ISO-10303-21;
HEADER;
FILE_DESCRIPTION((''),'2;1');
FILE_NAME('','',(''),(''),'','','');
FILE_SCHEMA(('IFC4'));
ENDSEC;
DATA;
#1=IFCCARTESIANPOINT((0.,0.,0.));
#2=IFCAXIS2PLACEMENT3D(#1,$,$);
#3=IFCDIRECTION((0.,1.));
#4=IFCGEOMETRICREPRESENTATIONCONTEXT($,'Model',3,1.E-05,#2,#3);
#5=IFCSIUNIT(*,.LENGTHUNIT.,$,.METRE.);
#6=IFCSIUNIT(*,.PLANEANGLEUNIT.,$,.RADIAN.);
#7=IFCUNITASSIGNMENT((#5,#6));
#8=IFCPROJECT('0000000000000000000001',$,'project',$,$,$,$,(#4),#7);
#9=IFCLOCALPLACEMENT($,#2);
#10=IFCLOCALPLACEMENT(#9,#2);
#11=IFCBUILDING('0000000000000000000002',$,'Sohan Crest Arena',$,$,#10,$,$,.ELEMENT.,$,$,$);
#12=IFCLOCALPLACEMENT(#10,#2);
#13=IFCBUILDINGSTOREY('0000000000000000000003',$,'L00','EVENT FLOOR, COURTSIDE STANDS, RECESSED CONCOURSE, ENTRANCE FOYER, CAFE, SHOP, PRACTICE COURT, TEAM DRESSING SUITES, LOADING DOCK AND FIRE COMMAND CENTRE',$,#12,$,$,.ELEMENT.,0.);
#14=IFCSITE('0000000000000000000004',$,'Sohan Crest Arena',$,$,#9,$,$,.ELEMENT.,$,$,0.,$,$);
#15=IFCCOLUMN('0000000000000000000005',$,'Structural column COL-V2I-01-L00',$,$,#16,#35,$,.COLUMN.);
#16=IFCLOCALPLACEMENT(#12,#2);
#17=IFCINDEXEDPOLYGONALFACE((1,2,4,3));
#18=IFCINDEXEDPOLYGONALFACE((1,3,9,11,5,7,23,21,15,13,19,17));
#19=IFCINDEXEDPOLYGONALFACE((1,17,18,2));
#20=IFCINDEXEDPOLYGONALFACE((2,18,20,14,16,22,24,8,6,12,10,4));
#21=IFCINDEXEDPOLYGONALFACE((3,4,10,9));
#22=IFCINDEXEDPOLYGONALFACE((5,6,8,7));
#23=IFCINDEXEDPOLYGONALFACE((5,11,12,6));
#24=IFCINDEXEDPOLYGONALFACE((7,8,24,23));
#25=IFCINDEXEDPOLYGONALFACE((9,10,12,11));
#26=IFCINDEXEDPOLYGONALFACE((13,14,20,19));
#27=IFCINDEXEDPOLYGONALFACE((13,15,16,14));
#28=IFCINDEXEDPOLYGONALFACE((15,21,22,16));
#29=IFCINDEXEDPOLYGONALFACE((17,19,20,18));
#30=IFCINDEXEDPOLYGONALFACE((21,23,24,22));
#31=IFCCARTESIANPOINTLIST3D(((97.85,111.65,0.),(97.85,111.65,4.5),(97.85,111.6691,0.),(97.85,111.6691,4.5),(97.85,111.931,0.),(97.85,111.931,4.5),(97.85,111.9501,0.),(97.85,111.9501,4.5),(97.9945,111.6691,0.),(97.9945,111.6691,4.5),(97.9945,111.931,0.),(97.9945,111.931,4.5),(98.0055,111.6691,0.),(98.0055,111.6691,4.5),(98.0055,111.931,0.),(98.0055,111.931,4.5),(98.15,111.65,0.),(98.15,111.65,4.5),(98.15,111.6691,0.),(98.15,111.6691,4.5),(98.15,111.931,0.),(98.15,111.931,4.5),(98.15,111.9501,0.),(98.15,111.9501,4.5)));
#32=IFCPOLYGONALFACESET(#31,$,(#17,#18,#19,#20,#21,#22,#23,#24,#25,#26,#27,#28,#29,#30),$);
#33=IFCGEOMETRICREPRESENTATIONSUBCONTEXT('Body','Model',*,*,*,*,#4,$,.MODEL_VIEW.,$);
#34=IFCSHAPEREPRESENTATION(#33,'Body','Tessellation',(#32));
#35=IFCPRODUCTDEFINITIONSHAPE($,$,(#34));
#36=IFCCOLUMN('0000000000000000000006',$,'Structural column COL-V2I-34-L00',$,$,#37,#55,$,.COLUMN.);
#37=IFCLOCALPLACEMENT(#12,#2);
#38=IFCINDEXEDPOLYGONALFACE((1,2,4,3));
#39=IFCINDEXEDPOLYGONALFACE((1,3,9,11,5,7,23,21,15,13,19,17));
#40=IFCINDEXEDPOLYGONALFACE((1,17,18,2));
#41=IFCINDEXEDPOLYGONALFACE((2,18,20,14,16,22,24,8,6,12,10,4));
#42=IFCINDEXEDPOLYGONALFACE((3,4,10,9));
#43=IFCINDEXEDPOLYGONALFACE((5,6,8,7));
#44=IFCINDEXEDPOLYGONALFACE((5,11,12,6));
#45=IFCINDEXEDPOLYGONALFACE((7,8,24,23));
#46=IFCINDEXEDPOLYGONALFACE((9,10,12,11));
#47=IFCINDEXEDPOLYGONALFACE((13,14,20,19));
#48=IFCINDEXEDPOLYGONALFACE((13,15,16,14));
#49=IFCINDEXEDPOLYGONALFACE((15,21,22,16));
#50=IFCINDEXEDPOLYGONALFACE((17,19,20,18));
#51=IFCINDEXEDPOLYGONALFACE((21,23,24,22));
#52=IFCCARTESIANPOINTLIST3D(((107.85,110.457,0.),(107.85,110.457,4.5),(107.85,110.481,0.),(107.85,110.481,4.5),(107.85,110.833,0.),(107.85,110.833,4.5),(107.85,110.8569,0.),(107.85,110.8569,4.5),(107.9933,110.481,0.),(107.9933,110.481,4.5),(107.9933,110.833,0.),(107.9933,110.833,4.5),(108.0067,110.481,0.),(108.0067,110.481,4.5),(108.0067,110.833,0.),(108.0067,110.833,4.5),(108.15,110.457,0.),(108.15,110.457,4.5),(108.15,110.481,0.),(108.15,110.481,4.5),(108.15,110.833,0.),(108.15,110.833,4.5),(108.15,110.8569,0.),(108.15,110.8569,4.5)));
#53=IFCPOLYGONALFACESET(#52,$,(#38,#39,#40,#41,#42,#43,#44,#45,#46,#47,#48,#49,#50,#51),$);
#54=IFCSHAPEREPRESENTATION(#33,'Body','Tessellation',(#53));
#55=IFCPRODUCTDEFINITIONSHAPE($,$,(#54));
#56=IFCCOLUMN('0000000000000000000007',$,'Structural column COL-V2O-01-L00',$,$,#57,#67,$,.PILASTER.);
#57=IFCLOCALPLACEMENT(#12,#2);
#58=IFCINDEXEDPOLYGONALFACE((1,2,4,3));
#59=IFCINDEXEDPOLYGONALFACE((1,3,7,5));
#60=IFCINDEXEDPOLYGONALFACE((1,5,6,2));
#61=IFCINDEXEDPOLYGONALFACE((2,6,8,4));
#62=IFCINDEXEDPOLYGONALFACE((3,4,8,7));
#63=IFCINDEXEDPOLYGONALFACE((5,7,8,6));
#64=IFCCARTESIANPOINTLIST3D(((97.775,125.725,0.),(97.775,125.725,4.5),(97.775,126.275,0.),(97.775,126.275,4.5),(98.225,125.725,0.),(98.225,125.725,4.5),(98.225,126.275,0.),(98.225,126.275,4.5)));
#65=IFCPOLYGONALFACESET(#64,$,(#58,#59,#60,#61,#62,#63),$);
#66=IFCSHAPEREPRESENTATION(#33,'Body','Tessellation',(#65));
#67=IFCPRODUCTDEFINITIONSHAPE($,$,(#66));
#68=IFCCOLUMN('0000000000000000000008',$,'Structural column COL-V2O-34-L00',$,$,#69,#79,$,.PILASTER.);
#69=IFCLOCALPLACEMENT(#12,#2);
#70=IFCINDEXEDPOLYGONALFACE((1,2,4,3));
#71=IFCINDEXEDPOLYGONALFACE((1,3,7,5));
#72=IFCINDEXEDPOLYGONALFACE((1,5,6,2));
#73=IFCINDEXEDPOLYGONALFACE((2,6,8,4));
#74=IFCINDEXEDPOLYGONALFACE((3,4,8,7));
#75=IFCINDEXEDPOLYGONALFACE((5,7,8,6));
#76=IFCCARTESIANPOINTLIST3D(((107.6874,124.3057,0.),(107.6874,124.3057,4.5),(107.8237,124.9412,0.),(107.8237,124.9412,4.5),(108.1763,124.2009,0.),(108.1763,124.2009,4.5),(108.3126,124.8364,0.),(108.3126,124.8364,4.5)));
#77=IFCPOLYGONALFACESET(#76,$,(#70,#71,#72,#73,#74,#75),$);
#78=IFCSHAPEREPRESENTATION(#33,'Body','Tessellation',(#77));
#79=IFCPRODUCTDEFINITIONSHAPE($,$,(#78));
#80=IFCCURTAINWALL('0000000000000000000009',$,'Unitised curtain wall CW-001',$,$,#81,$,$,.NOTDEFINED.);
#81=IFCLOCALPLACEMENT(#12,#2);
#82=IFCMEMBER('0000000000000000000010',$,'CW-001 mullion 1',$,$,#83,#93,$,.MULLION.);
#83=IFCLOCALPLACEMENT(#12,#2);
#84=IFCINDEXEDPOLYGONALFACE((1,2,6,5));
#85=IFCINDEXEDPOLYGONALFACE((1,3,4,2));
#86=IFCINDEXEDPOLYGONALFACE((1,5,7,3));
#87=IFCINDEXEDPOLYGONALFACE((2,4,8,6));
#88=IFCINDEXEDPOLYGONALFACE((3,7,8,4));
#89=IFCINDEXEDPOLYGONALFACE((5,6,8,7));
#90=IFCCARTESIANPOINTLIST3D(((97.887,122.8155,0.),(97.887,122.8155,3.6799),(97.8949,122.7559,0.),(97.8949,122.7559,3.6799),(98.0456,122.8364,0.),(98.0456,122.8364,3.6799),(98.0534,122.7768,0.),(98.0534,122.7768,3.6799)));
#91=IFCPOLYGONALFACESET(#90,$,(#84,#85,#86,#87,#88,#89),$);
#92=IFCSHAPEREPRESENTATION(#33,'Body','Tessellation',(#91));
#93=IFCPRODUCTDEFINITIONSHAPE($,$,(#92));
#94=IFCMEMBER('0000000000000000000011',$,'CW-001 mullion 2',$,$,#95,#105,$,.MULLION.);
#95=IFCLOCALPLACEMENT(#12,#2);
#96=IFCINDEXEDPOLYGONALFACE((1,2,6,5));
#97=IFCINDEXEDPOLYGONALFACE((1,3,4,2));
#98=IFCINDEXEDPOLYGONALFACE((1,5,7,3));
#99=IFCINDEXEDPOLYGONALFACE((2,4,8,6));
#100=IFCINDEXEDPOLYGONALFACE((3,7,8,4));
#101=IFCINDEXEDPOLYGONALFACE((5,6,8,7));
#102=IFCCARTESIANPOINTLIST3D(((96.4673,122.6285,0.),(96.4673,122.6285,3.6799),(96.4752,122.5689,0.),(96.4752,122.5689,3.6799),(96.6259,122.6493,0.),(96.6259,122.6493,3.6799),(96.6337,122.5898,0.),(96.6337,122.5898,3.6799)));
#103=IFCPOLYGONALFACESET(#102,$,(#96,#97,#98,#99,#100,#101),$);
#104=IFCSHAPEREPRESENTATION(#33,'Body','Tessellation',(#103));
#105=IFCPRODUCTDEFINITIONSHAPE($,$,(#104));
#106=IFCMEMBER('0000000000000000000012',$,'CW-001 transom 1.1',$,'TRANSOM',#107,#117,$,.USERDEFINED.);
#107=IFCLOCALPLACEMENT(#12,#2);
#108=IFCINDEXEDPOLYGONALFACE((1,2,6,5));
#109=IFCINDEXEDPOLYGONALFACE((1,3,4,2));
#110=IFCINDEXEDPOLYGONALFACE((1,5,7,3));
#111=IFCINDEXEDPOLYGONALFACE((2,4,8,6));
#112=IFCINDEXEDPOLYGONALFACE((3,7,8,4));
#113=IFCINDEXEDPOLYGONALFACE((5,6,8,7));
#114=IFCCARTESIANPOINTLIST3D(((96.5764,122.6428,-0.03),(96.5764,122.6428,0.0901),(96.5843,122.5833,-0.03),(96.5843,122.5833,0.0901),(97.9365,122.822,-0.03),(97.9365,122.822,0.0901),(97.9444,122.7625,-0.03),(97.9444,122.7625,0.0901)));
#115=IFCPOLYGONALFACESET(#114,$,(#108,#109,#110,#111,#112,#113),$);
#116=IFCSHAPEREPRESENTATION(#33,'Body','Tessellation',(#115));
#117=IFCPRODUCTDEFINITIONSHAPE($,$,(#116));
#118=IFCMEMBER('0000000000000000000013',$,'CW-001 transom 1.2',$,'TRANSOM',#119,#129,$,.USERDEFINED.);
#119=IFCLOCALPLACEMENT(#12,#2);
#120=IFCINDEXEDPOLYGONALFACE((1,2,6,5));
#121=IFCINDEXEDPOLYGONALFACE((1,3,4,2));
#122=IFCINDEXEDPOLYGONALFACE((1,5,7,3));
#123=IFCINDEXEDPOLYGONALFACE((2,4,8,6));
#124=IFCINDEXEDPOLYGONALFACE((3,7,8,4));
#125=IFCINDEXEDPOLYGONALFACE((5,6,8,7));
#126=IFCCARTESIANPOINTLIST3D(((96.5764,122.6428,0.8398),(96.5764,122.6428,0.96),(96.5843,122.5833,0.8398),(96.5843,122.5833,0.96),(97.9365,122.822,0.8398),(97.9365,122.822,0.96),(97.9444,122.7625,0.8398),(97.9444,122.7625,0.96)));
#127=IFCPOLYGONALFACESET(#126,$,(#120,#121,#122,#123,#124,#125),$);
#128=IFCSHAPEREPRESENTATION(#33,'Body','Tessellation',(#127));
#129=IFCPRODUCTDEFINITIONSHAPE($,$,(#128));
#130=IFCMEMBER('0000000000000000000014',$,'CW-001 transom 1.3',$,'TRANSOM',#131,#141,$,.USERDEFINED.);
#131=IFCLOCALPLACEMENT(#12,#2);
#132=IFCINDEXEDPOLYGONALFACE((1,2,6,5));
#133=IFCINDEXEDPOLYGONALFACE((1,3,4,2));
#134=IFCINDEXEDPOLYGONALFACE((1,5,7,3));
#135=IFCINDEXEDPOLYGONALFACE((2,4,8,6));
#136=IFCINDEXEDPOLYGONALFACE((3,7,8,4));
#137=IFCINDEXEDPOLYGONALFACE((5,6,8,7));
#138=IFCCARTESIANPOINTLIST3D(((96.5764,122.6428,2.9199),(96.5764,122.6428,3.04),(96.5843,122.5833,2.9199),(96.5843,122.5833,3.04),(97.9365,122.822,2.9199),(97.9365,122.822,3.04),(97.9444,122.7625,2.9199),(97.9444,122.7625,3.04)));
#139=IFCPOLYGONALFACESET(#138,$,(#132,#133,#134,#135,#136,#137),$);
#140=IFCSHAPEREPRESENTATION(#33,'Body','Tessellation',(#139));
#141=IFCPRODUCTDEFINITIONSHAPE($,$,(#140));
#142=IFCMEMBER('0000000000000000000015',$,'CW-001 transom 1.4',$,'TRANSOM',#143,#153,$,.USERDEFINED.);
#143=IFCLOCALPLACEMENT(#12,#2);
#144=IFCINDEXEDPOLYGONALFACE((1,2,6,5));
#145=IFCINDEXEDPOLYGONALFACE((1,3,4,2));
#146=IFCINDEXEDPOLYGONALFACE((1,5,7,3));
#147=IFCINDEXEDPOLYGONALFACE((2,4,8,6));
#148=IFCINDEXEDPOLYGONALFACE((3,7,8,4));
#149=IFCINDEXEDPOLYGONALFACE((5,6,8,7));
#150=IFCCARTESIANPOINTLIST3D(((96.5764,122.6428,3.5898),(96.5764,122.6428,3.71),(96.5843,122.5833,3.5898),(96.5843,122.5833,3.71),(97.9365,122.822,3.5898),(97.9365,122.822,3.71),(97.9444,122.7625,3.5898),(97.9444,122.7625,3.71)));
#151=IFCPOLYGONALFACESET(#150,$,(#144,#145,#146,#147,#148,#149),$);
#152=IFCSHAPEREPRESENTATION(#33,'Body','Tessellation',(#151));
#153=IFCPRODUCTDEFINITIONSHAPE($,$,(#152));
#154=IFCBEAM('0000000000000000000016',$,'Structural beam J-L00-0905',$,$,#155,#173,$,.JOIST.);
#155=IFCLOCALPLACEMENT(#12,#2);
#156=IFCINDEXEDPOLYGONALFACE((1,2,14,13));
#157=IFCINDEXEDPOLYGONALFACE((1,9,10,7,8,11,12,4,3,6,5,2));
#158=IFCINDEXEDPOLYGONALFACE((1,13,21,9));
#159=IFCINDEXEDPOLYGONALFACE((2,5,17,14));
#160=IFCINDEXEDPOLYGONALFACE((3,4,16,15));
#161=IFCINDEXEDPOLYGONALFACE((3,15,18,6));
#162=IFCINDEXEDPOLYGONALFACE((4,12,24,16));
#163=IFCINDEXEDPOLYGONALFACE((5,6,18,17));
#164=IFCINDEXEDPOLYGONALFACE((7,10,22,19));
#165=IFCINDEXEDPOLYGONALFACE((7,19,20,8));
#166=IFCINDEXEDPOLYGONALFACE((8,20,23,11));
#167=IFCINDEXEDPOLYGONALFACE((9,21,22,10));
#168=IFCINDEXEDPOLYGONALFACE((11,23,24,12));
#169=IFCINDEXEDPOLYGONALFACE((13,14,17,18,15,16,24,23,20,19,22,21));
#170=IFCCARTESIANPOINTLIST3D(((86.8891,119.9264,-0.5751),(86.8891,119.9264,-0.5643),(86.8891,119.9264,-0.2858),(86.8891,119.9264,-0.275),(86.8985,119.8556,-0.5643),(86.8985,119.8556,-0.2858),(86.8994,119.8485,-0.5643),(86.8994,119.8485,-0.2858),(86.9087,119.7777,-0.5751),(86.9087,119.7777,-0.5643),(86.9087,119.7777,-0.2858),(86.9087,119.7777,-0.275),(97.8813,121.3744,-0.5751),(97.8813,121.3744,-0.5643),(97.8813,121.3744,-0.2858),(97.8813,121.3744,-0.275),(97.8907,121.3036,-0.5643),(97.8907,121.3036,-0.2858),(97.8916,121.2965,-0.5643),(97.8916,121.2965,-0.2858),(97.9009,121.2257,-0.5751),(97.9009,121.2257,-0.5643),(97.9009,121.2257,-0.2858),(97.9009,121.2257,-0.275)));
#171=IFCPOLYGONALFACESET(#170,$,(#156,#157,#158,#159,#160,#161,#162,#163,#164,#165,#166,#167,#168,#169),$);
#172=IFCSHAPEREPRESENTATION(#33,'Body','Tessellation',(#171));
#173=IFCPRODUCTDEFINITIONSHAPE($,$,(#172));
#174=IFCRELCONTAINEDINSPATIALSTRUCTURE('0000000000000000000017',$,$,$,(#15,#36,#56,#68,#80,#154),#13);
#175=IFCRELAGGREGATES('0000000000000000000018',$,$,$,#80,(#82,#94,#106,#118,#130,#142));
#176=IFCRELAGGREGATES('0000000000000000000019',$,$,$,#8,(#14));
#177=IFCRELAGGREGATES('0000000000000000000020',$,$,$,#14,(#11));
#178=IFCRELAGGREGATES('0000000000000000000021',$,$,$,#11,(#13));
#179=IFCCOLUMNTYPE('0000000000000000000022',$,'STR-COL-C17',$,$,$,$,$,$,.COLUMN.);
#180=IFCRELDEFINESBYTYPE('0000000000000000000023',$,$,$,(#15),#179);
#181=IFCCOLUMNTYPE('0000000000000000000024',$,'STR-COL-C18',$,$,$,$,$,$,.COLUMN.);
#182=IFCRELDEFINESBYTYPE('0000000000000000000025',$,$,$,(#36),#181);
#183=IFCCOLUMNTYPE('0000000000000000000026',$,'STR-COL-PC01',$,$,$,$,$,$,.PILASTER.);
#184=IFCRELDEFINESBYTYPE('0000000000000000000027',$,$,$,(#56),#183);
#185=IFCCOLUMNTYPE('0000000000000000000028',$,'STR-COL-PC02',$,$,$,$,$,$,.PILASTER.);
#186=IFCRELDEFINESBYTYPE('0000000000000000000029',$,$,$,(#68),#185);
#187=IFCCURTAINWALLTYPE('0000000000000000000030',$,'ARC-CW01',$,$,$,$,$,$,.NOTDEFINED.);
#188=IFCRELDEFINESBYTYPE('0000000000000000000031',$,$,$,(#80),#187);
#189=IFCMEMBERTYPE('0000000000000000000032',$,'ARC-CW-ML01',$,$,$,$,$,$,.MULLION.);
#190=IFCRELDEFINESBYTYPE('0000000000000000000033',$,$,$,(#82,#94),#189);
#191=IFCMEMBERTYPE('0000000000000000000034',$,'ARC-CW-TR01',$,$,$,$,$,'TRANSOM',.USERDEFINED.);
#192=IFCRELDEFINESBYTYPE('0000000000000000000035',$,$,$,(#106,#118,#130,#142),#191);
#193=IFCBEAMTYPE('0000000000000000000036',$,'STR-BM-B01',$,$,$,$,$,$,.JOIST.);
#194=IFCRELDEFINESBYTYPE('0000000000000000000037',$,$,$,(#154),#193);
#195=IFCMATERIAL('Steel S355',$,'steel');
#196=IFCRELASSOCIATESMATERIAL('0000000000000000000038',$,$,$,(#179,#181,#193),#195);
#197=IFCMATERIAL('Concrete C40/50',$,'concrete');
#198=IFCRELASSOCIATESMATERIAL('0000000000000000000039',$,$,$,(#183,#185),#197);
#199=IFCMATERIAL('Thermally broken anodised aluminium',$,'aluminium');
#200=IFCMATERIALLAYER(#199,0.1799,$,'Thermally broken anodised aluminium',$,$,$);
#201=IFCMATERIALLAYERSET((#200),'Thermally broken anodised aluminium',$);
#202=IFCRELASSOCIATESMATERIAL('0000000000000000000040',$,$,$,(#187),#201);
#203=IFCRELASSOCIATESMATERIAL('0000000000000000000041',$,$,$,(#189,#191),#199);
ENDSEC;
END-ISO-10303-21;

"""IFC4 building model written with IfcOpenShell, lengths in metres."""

from ifc_helpers import new_model, si_unit, direction, frame, origin, origin_2d, place, context, subcontext, project, spatial, rectangle, i_section, extrude, material, layer, layer_set, material_profile, profile_set, type_object, element, aggregate, save


model = new_model("IFC4")

# Units and contexts
model_context = context("Model", 3, precision=1e-05, world=origin(), true_north=direction((0.0, 1.0)))
body_context = subcontext(model_context, "Body", "Model", "MODEL_VIEW")
ifc_project = project(units=[si_unit("LENGTHUNIT", "METRE"), si_unit("PLANEANGLEUNIT", "RADIAN")], contexts=[model_context])

# Site, building, storey
site_placement = place(None, origin())
site = spatial("IfcSite", under=ifc_project, at=site_placement, Name="Sohan Crest Arena", CompositionType="ELEMENT", RefElevation=0.0)
building_placement = place(site_placement, origin())
building = spatial("IfcBuilding", under=site, at=building_placement, Name="Sohan Crest Arena", CompositionType="ELEMENT")
storey_placement = place(building_placement, origin())
storey = spatial("IfcBuildingStorey", under=building, at=storey_placement, Name="L00", Description="EVENT FLOOR, COURTSIDE STANDS, RECESSED CONCOURSE, ENTRANCE FOYER, CAFE, SHOP, PRACTICE COURT, TEAM DRESSING SUITES, LOADING DOCK AND FIRE COMMAND CENTRE", CompositionType="ELEMENT", Elevation=0.0)

# Columns
ifc_material_1 = material(Name="Steel S355", Category="steel")
ifc_material_profile_1 = material_profile(ifc_material_1, i_section(OverallWidth=0.3, OverallDepth=0.3, WebThickness=0.011, FlangeThickness=0.019, at=origin_2d()), Name="HEB 300")
ifc_profile_set_1 = profile_set([ifc_material_profile_1], Name="Steel S355")
column_type_1 = type_object("IfcColumnType", Name="STR-COL-C17", PredefinedType="COLUMN", material=ifc_profile_set_1)
column_1_placement = place(storey_placement, frame((98.0, 111.8, 0.0), z_axis=(0.0, 0.0, 1.0), x_axis=(1.0, 0.0, 0.0)))
element("IfcColumn", 1, at=column_1_placement, inside=storey, type_object=column_type_1, Name="Structural column COL-V2I-01-L00", PredefinedType="COLUMN", context=body_context, shape_type="SweptSolid", body=[
    extrude(i_section(OverallWidth=0.3, OverallDepth=0.3, WebThickness=0.011, FlangeThickness=0.019, at=origin_2d()), origin(), (0.0, 0.0, 1.0), 4.5),
])
ifc_material_profile_2 = material_profile(ifc_material_1, i_section(OverallWidth=0.3, OverallDepth=0.3999, WebThickness=0.0134, FlangeThickness=0.0239, at=origin_2d()), Name="HEB 400")
ifc_profile_set_2 = profile_set([ifc_material_profile_2], Name="Steel S355")
column_type_2 = type_object("IfcColumnType", Name="STR-COL-C18", PredefinedType="COLUMN", material=ifc_profile_set_2)
column_2_placement = place(storey_placement, frame((108.0, 110.657, 0.0), z_axis=(0.0, 0.0, 1.0), x_axis=(1.0, 0.0, 0.0)))
element("IfcColumn", 2, at=column_2_placement, inside=storey, type_object=column_type_2, Name="Structural column COL-V2I-34-L00", PredefinedType="COLUMN", context=body_context, shape_type="SweptSolid", body=[
    extrude(i_section(OverallWidth=0.3, OverallDepth=0.3999, WebThickness=0.0134, FlangeThickness=0.0239, at=origin_2d()), origin(), (0.0, 0.0, 1.0), 4.5),
])
ifc_material_2 = material(Name="Concrete C40/50", Category="concrete")
ifc_material_profile_3 = material_profile(ifc_material_2, rectangle(XDim=0.55, YDim=0.45, at=origin_2d()), Name="RC 550x450")
ifc_profile_set_3 = profile_set([ifc_material_profile_3], Name="Concrete C40/50")
column_type_3 = type_object("IfcColumnType", Name="STR-COL-PC01", PredefinedType="PILASTER", material=ifc_profile_set_3)
column_3_placement = place(storey_placement, frame((98.0, 126.0, 0.0), z_axis=(0.0, 0.0, 1.0), x_axis=(0.0, 1.0, 0.0)))
element("IfcColumn", 3, at=column_3_placement, inside=storey, type_object=column_type_3, Name="Structural column COL-V2O-01-L00", PredefinedType="PILASTER", context=body_context, shape_type="SweptSolid", body=[
    extrude(rectangle(XDim=0.55, YDim=0.45, at=origin_2d()), origin(), (0.0, 0.0, 1.0), 4.5),
])
ifc_material_profile_4 = material_profile(ifc_material_2, rectangle(XDim=0.6499, YDim=0.5, at=origin_2d()), Name="RC 650x500")
ifc_profile_set_4 = profile_set([ifc_material_profile_4], Name="Concrete C40/50")
column_type_4 = type_object("IfcColumnType", Name="STR-COL-PC02", PredefinedType="PILASTER", material=ifc_profile_set_4)
column_4_placement = place(storey_placement, frame((108.0, 124.571, 0.0), z_axis=(0.0, 0.0, 1.0), x_axis=(0.209619, 0.977783, 0.0)))
element("IfcColumn", 4, at=column_4_placement, inside=storey, type_object=column_type_4, Name="Structural column COL-V2O-34-L00", PredefinedType="PILASTER", context=body_context, shape_type="SweptSolid", body=[
    extrude(rectangle(XDim=0.6499, YDim=0.5, at=origin_2d()), origin(), (0.0, 0.0, 1.0), 4.5),
])

# Curtain wall, members
ifc_material_3 = material(Name="Thermally broken anodised aluminium", Category="aluminium")
ifc_layer_1 = layer(ifc_material_3, 0.1799, Name="Thermally broken anodised aluminium")
ifc_layer_set_1 = layer_set([ifc_layer_1], Name="Thermally broken anodised aluminium")
curtain_wall_type = type_object("IfcCurtainWallType", Name="ARC-CW01", PredefinedType="NOTDEFINED", material=ifc_layer_set_1)
curtain_wall_placement = place(storey_placement, origin())
curtain_wall = element("IfcCurtainWall", 5, at=curtain_wall_placement, inside=storey, type_object=curtain_wall_type, Name="Unitised curtain wall CW-001", PredefinedType="NOTDEFINED")
ifc_material_profile_5 = material_profile(ifc_material_3, rectangle(XDim=0.0601, YDim=0.1599, at=origin_2d()), Name="ALU-MULL 60x160")
ifc_profile_set_5 = profile_set([ifc_material_profile_5], Name="Thermally broken anodised aluminium")
member_type_1 = type_object("IfcMemberType", Name="ARC-CW-ML01", PredefinedType="MULLION", material=ifc_profile_set_5)
member_1_placement = place(storey_placement, frame((97.9702, 122.7961, 0.0), z_axis=(0.0, 0.0, 1.0), x_axis=(0.130567, -0.991439, 0.0)))
member_1 = element("IfcMember", 6, at=member_1_placement, type_object=member_type_1, Name="CW-001 mullion 1", PredefinedType="MULLION", context=body_context, shape_type="SweptSolid", body=[
    extrude(rectangle(XDim=0.0601, YDim=0.1599, at=origin_2d()), origin(), (0.0, 0.0, 1.0), 3.6799),
])
member_2_placement = place(storey_placement, frame((96.5505, 122.6091, 0.0), z_axis=(0.0, 0.0, 1.0), x_axis=(0.130567, -0.991439, 0.0)))
member_2 = element("IfcMember", 7, at=member_2_placement, type_object=member_type_1, Name="CW-001 mullion 2", PredefinedType="MULLION", context=body_context, shape_type="SweptSolid", body=[
    extrude(rectangle(XDim=0.0601, YDim=0.1599, at=origin_2d()), origin(), (0.0, 0.0, 1.0), 3.6799),
])
ifc_material_profile_6 = material_profile(ifc_material_3, rectangle(XDim=0.0601, YDim=0.1201, at=origin_2d()), Name="ALU-TRAN 60x120")
ifc_profile_set_6 = profile_set([ifc_material_profile_6], Name="Thermally broken anodised aluminium")
member_type_2 = type_object("IfcMemberType", Name="ARC-CW-TR01", ElementType="TRANSOM", PredefinedType="USERDEFINED", material=ifc_profile_set_6)
member_3_placement = place(storey_placement, frame((97.9404, 122.7922, 0.03), z_axis=(-0.991432, -0.130625, 0.0), x_axis=(0.130625, -0.991432, 0.0)))
member_3 = element("IfcMember", 8, at=member_3_placement, type_object=member_type_2, Name="CW-001 transom 1.1", ObjectType="TRANSOM", PredefinedType="USERDEFINED", context=body_context, shape_type="SweptSolid", body=[
    extrude(rectangle(XDim=0.0601, YDim=0.1201, at=origin_2d()), origin(), (0.0, 0.0, 1.0), 1.3718),
])
member_4_placement = place(storey_placement, frame((97.9404, 122.7922, 0.8999), z_axis=(-0.991432, -0.130625, 0.0), x_axis=(0.130625, -0.991432, 0.0)))
member_4 = element("IfcMember", 9, at=member_4_placement, type_object=member_type_2, Name="CW-001 transom 1.2", ObjectType="TRANSOM", PredefinedType="USERDEFINED", context=body_context, shape_type="SweptSolid", body=[
    extrude(rectangle(XDim=0.0601, YDim=0.1201, at=origin_2d()), origin(), (0.0, 0.0, 1.0), 1.3718),
])
member_5_placement = place(storey_placement, frame((97.9404, 122.7922, 2.98), z_axis=(-0.991432, -0.130625, 0.0), x_axis=(0.130625, -0.991432, 0.0)))
member_5 = element("IfcMember", 10, at=member_5_placement, type_object=member_type_2, Name="CW-001 transom 1.3", ObjectType="TRANSOM", PredefinedType="USERDEFINED", context=body_context, shape_type="SweptSolid", body=[
    extrude(rectangle(XDim=0.0601, YDim=0.1201, at=origin_2d()), origin(), (0.0, 0.0, 1.0), 1.3718),
])
member_6_placement = place(storey_placement, frame((97.9404, 122.7922, 3.6499), z_axis=(-0.991432, -0.130625, 0.0), x_axis=(0.130625, -0.991432, 0.0)))
member_6 = element("IfcMember", 11, at=member_6_placement, type_object=member_type_2, Name="CW-001 transom 1.4", ObjectType="TRANSOM", PredefinedType="USERDEFINED", context=body_context, shape_type="SweptSolid", body=[
    extrude(rectangle(XDim=0.0601, YDim=0.1201, at=origin_2d()), origin(), (0.0, 0.0, 1.0), 1.3718),
])

# Beam
ifc_material_profile_7 = material_profile(ifc_material_1, i_section(OverallWidth=0.1499, OverallDepth=0.3, WebThickness=0.0071, FlangeThickness=0.0107, at=origin_2d()), Name="IPE 300")
ifc_profile_set_7 = profile_set([ifc_material_profile_7], Name="Steel S355")
beam_type_1 = type_object("IfcBeamType", Name="STR-BM-B01", PredefinedType="JOIST", material=ifc_profile_set_7)
beam_1_placement = place(storey_placement, frame((97.8911, 121.3, -0.425), z_axis=(-0.991435, -0.130601, 0.0), x_axis=(0.130601, -0.991435, 0.0)))
element("IfcBeam", 12, at=beam_1_placement, inside=storey, type_object=beam_type_1, Name="Structural beam J-L00-0905", PredefinedType="JOIST", context=body_context, shape_type="SweptSolid", body=[
    extrude(i_section(OverallWidth=0.1499, OverallDepth=0.3, WebThickness=0.0071, FlangeThickness=0.0107, at=origin_2d()), origin(), (0.0, 0.0, 1.0), 11.0872),
])

aggregate(curtain_wall, [member_1, member_2, member_3, member_4, member_5, member_6])

save(model, "model.ifc")
